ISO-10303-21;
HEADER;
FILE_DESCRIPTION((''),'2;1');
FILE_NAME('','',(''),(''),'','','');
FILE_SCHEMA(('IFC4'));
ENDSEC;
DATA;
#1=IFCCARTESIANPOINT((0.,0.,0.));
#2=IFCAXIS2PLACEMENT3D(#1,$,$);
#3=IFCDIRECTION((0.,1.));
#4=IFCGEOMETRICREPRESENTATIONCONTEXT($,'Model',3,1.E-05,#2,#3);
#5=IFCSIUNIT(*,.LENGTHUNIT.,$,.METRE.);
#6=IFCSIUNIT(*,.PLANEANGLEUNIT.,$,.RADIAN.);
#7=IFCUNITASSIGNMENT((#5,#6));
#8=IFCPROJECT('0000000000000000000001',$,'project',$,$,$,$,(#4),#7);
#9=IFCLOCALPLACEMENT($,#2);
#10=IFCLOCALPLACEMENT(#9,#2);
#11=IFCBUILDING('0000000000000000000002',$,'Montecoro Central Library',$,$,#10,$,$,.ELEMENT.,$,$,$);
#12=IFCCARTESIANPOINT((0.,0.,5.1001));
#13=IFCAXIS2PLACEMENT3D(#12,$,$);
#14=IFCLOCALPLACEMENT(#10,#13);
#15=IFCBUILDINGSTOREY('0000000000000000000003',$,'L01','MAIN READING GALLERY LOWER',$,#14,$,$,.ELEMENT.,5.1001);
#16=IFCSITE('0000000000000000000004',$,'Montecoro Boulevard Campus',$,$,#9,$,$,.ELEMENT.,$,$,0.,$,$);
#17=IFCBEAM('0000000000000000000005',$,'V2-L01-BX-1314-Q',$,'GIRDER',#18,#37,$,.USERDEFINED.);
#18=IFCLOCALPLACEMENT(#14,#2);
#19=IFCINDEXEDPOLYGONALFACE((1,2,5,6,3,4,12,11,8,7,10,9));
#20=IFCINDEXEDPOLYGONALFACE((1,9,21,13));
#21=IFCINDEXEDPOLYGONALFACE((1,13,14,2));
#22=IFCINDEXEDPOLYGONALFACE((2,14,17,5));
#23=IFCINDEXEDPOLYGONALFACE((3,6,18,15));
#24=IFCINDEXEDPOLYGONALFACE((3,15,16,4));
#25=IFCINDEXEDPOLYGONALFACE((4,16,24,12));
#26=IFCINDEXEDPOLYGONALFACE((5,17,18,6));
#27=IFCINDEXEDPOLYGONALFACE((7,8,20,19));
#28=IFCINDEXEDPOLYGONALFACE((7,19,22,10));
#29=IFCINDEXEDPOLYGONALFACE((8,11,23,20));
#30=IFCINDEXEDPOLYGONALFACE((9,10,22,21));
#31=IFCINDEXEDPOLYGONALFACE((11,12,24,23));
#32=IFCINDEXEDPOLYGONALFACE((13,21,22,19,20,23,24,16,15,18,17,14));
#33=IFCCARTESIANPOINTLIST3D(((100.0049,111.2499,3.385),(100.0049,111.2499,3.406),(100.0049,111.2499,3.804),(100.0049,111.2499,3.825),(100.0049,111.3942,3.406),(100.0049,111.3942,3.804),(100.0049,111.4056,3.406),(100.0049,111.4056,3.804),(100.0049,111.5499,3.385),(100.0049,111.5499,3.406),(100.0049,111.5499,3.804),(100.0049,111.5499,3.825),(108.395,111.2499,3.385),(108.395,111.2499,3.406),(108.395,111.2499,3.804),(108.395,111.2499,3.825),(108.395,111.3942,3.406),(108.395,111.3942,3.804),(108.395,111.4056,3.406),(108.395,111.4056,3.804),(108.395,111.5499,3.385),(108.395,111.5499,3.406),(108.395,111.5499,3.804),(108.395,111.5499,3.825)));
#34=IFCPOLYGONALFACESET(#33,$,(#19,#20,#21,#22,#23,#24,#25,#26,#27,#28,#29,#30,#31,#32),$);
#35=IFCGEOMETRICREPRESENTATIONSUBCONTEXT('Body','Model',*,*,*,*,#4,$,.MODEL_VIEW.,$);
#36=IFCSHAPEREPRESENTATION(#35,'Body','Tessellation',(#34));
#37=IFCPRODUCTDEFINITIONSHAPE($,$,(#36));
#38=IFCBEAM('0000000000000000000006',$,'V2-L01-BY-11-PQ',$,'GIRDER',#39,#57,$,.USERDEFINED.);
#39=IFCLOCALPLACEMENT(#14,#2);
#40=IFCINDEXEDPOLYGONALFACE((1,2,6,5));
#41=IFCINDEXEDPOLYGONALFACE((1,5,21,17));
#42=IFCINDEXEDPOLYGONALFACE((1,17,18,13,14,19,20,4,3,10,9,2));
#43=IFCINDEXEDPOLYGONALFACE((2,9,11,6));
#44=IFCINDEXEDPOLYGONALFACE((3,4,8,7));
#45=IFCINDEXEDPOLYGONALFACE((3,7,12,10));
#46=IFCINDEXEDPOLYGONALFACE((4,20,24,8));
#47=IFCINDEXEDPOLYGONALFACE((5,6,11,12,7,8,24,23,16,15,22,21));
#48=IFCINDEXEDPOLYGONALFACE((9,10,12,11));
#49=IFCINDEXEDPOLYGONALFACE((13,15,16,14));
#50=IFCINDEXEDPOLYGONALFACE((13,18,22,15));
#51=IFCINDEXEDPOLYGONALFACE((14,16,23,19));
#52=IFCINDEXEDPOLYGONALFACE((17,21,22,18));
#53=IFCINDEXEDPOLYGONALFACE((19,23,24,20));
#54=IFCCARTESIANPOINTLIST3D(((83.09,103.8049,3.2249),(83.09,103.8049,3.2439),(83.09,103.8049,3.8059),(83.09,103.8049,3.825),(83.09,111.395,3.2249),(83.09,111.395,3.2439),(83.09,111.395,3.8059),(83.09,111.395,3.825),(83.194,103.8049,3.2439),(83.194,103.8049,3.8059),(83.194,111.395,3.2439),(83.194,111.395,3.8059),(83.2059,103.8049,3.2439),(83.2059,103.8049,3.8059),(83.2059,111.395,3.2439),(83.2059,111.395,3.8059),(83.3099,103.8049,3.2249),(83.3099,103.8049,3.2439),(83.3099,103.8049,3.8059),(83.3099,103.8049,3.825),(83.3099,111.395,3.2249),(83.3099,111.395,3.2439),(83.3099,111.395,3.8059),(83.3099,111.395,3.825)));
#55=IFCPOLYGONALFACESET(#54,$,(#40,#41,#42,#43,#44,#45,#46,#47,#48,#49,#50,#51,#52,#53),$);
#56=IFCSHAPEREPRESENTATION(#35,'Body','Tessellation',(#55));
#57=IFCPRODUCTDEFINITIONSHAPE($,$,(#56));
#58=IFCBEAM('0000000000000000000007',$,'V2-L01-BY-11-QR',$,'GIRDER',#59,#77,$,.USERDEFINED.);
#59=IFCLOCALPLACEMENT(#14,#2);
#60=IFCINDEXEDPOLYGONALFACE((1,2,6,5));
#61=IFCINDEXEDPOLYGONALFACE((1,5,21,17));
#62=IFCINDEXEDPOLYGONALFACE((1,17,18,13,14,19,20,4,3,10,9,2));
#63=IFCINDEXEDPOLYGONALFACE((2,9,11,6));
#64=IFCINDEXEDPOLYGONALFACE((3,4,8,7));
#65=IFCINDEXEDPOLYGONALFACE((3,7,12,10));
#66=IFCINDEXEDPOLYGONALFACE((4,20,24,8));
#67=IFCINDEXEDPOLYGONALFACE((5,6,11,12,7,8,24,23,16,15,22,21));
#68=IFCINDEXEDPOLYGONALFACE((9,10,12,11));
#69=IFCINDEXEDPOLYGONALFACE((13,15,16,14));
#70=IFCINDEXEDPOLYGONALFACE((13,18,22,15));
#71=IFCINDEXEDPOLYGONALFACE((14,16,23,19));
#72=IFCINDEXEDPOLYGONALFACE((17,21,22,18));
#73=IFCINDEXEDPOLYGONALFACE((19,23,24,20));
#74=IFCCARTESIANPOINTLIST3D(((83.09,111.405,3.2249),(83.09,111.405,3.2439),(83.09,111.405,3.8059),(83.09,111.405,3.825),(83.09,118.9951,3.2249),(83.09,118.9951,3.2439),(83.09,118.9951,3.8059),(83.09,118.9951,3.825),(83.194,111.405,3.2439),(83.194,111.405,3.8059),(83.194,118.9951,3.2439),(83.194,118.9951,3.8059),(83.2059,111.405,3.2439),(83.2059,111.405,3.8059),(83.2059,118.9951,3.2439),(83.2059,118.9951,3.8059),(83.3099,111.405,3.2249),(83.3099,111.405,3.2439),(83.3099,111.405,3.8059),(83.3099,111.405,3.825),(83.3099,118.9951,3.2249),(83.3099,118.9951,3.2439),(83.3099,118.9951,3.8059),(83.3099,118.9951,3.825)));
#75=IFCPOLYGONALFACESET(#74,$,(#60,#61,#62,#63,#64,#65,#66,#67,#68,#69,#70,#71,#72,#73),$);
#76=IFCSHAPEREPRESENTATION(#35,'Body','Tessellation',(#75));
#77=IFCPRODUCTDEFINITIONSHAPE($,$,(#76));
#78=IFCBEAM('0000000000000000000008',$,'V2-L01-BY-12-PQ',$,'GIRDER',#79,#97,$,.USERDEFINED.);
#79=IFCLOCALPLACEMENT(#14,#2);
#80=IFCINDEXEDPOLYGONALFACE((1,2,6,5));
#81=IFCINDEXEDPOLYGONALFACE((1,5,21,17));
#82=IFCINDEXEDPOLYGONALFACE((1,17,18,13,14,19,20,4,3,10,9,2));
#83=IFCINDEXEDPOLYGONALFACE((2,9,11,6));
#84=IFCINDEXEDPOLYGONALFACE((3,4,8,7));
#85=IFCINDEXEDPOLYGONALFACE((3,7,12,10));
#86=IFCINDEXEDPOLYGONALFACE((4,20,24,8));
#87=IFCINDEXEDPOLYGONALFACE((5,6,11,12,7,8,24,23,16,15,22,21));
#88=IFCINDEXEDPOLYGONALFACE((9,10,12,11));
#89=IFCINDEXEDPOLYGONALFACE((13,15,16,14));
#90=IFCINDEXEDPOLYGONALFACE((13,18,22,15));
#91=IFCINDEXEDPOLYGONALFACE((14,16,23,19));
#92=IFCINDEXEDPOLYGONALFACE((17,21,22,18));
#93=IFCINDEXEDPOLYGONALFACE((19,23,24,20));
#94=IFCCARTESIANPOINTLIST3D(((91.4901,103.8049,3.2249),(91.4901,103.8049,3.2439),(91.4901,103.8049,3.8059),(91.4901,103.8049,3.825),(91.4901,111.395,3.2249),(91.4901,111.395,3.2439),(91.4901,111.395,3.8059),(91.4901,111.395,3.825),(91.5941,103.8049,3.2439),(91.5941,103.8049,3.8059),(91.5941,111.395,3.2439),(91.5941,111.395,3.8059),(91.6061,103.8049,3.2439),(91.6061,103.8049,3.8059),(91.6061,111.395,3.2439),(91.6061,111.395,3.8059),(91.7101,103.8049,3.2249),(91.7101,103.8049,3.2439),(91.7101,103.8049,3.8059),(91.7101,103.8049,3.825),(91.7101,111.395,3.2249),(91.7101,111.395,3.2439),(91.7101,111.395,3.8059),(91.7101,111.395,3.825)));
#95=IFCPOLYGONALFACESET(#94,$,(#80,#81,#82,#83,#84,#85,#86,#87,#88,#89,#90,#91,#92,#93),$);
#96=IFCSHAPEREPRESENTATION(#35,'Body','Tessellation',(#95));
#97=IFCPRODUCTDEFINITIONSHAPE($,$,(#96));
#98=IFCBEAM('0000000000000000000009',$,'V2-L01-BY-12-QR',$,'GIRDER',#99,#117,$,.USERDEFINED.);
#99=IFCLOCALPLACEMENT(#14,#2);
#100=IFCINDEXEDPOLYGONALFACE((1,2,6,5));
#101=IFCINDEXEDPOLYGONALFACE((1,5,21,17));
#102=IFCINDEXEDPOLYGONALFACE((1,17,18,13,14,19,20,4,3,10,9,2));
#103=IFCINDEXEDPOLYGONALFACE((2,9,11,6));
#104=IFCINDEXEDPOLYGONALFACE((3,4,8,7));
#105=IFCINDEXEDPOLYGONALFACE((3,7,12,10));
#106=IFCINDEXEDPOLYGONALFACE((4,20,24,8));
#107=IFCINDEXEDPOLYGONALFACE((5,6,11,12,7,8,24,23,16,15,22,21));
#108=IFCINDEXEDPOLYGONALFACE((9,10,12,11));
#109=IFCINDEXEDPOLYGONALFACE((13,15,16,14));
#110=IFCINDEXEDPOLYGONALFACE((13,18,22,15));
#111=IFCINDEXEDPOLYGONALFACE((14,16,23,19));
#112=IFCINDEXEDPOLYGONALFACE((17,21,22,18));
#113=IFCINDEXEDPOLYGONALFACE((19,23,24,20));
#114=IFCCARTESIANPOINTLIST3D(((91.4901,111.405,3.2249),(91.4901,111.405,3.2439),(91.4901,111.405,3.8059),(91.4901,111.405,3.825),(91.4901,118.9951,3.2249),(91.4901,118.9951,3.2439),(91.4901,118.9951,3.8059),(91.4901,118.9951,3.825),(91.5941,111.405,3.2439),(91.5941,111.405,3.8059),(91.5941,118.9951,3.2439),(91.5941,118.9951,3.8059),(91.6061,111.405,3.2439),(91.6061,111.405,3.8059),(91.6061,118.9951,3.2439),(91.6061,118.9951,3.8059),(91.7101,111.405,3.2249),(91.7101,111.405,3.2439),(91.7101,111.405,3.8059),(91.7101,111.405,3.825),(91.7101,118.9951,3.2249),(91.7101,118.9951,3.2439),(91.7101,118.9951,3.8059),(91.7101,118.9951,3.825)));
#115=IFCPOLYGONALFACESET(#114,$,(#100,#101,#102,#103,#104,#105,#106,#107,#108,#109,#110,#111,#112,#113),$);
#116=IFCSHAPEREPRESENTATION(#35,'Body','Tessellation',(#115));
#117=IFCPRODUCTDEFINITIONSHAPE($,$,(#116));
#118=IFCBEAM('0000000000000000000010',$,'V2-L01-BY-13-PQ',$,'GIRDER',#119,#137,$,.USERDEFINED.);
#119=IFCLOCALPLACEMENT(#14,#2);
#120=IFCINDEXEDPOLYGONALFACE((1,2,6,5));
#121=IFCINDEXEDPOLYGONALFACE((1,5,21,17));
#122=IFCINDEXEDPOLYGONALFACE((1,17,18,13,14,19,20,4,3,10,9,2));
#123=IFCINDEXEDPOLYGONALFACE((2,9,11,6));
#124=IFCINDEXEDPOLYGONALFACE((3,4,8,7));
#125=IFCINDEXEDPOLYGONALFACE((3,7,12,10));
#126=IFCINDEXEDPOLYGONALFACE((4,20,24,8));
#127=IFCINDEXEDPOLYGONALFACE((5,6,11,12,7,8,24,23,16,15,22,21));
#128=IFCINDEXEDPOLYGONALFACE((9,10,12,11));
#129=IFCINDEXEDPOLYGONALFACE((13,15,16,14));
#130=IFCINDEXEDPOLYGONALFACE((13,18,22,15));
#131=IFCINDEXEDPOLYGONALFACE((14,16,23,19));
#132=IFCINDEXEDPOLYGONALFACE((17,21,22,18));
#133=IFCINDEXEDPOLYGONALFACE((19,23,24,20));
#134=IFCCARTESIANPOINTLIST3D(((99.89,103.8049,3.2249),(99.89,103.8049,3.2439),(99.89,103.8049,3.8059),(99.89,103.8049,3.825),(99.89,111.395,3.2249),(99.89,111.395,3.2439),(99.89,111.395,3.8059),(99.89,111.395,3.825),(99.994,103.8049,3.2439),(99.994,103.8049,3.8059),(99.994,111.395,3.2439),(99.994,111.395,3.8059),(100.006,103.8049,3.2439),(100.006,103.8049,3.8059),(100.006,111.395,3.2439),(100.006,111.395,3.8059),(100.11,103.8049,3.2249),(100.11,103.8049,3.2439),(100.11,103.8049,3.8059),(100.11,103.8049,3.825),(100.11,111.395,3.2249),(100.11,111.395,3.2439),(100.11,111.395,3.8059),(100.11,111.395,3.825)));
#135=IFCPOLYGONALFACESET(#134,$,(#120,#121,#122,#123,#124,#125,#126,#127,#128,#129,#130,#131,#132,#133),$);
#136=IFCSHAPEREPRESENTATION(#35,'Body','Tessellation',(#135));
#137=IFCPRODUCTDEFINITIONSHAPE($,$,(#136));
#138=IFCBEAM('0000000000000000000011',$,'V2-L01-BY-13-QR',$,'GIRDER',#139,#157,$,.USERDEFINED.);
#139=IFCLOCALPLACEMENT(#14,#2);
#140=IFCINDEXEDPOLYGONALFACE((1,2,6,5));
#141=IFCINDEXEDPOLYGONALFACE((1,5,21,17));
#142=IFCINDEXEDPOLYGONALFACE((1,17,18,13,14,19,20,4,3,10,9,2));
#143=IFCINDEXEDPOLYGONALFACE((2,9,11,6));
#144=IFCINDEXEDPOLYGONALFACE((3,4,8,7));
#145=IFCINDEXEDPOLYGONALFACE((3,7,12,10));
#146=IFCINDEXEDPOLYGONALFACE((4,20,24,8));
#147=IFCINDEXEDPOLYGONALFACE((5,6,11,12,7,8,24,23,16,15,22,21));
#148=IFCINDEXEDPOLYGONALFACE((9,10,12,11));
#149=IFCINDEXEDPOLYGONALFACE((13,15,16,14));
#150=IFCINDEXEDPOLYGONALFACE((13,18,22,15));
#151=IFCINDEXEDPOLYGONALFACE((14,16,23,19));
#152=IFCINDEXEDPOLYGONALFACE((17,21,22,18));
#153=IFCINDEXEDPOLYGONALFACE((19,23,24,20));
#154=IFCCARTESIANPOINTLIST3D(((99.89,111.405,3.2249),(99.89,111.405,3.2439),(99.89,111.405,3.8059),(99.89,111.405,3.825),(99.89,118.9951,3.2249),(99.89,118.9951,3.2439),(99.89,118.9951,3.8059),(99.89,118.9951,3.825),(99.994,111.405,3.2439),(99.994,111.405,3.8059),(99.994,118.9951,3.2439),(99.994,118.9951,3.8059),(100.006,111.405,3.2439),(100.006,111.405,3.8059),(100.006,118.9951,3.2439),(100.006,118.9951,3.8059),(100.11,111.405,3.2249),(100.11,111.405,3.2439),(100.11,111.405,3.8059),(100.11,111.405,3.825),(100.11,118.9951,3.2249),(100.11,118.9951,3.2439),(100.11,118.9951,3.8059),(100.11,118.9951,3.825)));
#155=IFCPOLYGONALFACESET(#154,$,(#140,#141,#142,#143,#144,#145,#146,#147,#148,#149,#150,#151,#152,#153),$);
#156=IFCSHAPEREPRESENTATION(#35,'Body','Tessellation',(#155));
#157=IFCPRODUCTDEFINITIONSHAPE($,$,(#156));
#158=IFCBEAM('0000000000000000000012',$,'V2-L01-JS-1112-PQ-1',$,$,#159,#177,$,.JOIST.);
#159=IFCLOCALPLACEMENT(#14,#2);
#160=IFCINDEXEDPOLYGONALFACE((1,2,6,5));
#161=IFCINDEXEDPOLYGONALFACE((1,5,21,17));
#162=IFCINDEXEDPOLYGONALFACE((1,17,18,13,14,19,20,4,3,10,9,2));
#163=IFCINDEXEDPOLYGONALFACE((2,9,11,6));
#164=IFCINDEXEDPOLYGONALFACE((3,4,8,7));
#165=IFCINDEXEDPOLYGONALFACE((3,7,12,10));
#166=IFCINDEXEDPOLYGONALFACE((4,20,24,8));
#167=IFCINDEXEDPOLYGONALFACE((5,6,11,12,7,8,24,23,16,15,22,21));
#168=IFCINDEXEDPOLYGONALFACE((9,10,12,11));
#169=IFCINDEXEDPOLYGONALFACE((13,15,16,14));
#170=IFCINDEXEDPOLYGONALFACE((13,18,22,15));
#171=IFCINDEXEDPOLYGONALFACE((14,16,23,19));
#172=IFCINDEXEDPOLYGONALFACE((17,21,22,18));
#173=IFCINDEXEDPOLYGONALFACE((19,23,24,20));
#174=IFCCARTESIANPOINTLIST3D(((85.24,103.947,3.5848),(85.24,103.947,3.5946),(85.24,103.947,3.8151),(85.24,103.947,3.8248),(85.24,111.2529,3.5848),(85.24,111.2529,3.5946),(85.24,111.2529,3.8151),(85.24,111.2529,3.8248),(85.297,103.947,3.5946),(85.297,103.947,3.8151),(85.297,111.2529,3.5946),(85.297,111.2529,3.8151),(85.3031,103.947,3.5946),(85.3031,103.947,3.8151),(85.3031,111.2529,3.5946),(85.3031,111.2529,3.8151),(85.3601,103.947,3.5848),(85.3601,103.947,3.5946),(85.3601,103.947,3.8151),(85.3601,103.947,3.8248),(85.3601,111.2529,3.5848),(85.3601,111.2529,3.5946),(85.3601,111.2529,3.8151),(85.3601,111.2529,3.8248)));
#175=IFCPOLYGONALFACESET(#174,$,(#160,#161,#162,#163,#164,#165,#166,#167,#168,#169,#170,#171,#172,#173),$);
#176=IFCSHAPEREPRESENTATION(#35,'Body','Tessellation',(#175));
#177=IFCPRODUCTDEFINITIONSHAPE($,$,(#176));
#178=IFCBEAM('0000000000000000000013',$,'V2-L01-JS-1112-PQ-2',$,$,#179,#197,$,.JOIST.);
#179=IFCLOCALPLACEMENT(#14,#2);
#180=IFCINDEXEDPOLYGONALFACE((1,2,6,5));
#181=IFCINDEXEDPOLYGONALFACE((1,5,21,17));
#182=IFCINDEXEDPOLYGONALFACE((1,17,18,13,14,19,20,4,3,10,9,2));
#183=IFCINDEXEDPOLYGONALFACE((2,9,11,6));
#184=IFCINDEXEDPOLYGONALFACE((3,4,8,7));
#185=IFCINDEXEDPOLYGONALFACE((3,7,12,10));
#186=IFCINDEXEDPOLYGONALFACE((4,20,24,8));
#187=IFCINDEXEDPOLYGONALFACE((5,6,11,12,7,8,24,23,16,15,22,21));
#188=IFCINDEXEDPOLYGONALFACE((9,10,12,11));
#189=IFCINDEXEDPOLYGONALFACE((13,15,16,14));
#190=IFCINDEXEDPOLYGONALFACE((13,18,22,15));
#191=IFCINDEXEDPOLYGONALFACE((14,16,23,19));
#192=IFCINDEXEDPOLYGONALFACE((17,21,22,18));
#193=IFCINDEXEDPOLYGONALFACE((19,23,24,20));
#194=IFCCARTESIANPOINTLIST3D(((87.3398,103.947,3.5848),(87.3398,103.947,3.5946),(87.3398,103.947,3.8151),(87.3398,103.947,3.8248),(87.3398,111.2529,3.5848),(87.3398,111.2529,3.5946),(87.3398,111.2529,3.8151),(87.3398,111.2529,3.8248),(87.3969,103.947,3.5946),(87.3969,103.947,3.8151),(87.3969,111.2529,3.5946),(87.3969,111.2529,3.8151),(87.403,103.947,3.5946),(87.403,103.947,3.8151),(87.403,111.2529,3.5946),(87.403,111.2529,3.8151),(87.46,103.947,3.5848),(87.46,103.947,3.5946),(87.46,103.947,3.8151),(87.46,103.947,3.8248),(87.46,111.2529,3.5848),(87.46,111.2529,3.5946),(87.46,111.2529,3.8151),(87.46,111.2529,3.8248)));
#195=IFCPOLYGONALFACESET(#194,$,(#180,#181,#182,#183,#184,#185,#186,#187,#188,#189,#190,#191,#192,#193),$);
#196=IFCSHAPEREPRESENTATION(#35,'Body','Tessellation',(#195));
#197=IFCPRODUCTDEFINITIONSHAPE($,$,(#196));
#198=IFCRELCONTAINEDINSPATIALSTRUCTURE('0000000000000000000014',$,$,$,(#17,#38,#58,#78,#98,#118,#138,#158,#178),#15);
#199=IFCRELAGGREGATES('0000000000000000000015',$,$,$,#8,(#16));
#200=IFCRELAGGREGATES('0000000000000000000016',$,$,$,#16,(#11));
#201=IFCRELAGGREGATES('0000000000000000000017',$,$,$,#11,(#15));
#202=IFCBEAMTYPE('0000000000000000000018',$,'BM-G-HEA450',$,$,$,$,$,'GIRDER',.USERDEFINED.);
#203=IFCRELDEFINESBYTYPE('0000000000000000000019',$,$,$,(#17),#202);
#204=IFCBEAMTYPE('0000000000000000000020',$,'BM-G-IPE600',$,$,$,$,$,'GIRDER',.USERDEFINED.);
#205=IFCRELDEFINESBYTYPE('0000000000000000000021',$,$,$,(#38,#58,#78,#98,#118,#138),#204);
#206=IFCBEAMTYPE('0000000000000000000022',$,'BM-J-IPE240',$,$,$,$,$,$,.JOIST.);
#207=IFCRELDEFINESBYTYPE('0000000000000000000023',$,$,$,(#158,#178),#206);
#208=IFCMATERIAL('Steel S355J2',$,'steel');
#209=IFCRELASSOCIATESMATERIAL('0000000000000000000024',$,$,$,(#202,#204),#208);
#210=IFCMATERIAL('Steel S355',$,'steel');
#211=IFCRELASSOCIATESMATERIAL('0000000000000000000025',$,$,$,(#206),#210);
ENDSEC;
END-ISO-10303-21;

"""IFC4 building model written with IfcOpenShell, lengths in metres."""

from ifc_helpers import new_model, si_unit, direction, frame, origin, origin_2d, place, context, subcontext, project, spatial, i_section, extrude, material, material_profile, profile_set, type_object, element, save


model = new_model("IFC4")

# Units and contexts
model_context = context("Model", 3, precision=1e-05, world=origin(), true_north=direction((0.0, 1.0)))
body_context = subcontext(model_context, "Body", "Model", "MODEL_VIEW")
ifc_project = project(units=[si_unit("LENGTHUNIT", "METRE"), si_unit("PLANEANGLEUNIT", "RADIAN")], contexts=[model_context])

# Site, building, storey
site_placement = place(None, origin())
site = spatial("IfcSite", under=ifc_project, at=site_placement, Name="Montecoro Boulevard Campus", CompositionType="ELEMENT", RefElevation=0.0)
building_placement = place(site_placement, origin())
building = spatial("IfcBuilding", under=site, at=building_placement, Name="Montecoro Central Library", CompositionType="ELEMENT")
storey_placement = place(building_placement, frame((0.0, 0.0, 5.1001)))
storey = spatial("IfcBuildingStorey", under=building, at=storey_placement, Name="L01", Description="MAIN READING GALLERY LOWER", CompositionType="ELEMENT", Elevation=5.1001)

# Shared definitions
ifc_material_1 = material(Name="Steel S355J2", Category="steel")

# Beams
ifc_material_profile_1 = material_profile(ifc_material_1, i_section(OverallWidth=0.3, OverallDepth=0.4399, WebThickness=0.0115, FlangeThickness=0.021, at=origin_2d()), Name="HEA 450")
ifc_profile_set_1 = profile_set([ifc_material_profile_1], Name="Steel S355J2")
beam_type_1 = type_object("IfcBeamType", Name="BM-G-HEA450", ElementType="GIRDER", PredefinedType="USERDEFINED", material=ifc_profile_set_1)
for number, where, z_axis, x_axis, name in (
    (1, (100.0049, 111.3999, 3.605), (1.0, 0.0, 0.0), (0.0, 1.0, 0.0), "V2-L01-BX-1314-Q"),
):
    element("IfcBeam", number, at=place(storey_placement, frame(where, z_axis=z_axis, x_axis=x_axis)), inside=storey, type_object=beam_type_1, Name=name, ObjectType="GIRDER", PredefinedType="USERDEFINED", context=body_context, shape_type="SweptSolid", body=[
        extrude(i_section(OverallWidth=0.3, OverallDepth=0.4399, WebThickness=0.0115, FlangeThickness=0.021, at=origin_2d()), origin(), (0.0, 0.0, 1.0), 8.3901),
    ])
ifc_material_profile_2 = material_profile(ifc_material_1, i_section(OverallWidth=0.22, OverallDepth=0.6001, WebThickness=0.012, FlangeThickness=0.019, at=origin_2d()), Name="IPE 600")
ifc_profile_set_2 = profile_set([ifc_material_profile_2], Name="Steel S355J2")
beam_type_2 = type_object("IfcBeamType", Name="BM-G-IPE600", ElementType="GIRDER", PredefinedType="USERDEFINED", material=ifc_profile_set_2)
for number, where, z_axis, x_axis, name in (
    (2, (83.2, 103.8049, 3.5249), (0.0, 1.0, 0.0), (-1.0, 0.0, 0.0), "V2-L01-BY-11-PQ"),
    (3, (83.2, 111.405, 3.5249), (0.0, 1.0, 0.0), (-1.0, 0.0, 0.0), "V2-L01-BY-11-QR"),
    (4, (91.6001, 103.8049, 3.5249), (0.0, 1.0, 0.0), (-1.0, 0.0, 0.0), "V2-L01-BY-12-PQ"),
    (5, (91.6001, 111.405, 3.5249), (0.0, 1.0, 0.0), (-1.0, 0.0, 0.0), "V2-L01-BY-12-QR"),
    (6, (100.0, 103.8049, 3.5249), (0.0, 1.0, 0.0), (-1.0, 0.0, 0.0), "V2-L01-BY-13-PQ"),
    (7, (100.0, 111.405, 3.5249), (0.0, 1.0, 0.0), (-1.0, 0.0, 0.0), "V2-L01-BY-13-QR"),
):
    element("IfcBeam", number, at=place(storey_placement, frame(where, z_axis=z_axis, x_axis=x_axis)), inside=storey, type_object=beam_type_2, Name=name, ObjectType="GIRDER", PredefinedType="USERDEFINED", context=body_context, shape_type="SweptSolid", body=[
        extrude(i_section(OverallWidth=0.22, OverallDepth=0.6001, WebThickness=0.012, FlangeThickness=0.019, at=origin_2d()), origin(), (0.0, 0.0, 1.0), 7.5901),
    ])
ifc_material_2 = material(Name="Steel S355", Category="steel")
ifc_material_profile_3 = material_profile(ifc_material_2, i_section(OverallWidth=0.1201, OverallDepth=0.24, WebThickness=0.0061, FlangeThickness=0.0098, at=origin_2d()), Name="IPE 240")
ifc_profile_set_3 = profile_set([ifc_material_profile_3], Name="Steel S355")
beam_type_3 = type_object("IfcBeamType", Name="BM-J-IPE240", PredefinedType="JOIST", material=ifc_profile_set_3)
for number, where, z_axis, x_axis, name in (
    (8, (85.3, 103.947, 3.7048), (0.0, 1.0, 0.0), (-1.0, 0.0, 0.0), "V2-L01-JS-1112-PQ-1"),
    (9, (87.3999, 103.947, 3.7048), (0.0, 1.0, 0.0), (-1.0, 0.0, 0.0), "V2-L01-JS-1112-PQ-2"),
):
    element("IfcBeam", number, at=place(storey_placement, frame(where, z_axis=z_axis, x_axis=x_axis)), inside=storey, type_object=beam_type_3, Name=name, PredefinedType="JOIST", context=body_context, shape_type="SweptSolid", body=[
        extrude(i_section(OverallWidth=0.1201, OverallDepth=0.24, WebThickness=0.0061, FlangeThickness=0.0098, at=origin_2d()), origin(), (0.0, 0.0, 1.0), 7.3059),
    ])

save(model, "model.ifc")
